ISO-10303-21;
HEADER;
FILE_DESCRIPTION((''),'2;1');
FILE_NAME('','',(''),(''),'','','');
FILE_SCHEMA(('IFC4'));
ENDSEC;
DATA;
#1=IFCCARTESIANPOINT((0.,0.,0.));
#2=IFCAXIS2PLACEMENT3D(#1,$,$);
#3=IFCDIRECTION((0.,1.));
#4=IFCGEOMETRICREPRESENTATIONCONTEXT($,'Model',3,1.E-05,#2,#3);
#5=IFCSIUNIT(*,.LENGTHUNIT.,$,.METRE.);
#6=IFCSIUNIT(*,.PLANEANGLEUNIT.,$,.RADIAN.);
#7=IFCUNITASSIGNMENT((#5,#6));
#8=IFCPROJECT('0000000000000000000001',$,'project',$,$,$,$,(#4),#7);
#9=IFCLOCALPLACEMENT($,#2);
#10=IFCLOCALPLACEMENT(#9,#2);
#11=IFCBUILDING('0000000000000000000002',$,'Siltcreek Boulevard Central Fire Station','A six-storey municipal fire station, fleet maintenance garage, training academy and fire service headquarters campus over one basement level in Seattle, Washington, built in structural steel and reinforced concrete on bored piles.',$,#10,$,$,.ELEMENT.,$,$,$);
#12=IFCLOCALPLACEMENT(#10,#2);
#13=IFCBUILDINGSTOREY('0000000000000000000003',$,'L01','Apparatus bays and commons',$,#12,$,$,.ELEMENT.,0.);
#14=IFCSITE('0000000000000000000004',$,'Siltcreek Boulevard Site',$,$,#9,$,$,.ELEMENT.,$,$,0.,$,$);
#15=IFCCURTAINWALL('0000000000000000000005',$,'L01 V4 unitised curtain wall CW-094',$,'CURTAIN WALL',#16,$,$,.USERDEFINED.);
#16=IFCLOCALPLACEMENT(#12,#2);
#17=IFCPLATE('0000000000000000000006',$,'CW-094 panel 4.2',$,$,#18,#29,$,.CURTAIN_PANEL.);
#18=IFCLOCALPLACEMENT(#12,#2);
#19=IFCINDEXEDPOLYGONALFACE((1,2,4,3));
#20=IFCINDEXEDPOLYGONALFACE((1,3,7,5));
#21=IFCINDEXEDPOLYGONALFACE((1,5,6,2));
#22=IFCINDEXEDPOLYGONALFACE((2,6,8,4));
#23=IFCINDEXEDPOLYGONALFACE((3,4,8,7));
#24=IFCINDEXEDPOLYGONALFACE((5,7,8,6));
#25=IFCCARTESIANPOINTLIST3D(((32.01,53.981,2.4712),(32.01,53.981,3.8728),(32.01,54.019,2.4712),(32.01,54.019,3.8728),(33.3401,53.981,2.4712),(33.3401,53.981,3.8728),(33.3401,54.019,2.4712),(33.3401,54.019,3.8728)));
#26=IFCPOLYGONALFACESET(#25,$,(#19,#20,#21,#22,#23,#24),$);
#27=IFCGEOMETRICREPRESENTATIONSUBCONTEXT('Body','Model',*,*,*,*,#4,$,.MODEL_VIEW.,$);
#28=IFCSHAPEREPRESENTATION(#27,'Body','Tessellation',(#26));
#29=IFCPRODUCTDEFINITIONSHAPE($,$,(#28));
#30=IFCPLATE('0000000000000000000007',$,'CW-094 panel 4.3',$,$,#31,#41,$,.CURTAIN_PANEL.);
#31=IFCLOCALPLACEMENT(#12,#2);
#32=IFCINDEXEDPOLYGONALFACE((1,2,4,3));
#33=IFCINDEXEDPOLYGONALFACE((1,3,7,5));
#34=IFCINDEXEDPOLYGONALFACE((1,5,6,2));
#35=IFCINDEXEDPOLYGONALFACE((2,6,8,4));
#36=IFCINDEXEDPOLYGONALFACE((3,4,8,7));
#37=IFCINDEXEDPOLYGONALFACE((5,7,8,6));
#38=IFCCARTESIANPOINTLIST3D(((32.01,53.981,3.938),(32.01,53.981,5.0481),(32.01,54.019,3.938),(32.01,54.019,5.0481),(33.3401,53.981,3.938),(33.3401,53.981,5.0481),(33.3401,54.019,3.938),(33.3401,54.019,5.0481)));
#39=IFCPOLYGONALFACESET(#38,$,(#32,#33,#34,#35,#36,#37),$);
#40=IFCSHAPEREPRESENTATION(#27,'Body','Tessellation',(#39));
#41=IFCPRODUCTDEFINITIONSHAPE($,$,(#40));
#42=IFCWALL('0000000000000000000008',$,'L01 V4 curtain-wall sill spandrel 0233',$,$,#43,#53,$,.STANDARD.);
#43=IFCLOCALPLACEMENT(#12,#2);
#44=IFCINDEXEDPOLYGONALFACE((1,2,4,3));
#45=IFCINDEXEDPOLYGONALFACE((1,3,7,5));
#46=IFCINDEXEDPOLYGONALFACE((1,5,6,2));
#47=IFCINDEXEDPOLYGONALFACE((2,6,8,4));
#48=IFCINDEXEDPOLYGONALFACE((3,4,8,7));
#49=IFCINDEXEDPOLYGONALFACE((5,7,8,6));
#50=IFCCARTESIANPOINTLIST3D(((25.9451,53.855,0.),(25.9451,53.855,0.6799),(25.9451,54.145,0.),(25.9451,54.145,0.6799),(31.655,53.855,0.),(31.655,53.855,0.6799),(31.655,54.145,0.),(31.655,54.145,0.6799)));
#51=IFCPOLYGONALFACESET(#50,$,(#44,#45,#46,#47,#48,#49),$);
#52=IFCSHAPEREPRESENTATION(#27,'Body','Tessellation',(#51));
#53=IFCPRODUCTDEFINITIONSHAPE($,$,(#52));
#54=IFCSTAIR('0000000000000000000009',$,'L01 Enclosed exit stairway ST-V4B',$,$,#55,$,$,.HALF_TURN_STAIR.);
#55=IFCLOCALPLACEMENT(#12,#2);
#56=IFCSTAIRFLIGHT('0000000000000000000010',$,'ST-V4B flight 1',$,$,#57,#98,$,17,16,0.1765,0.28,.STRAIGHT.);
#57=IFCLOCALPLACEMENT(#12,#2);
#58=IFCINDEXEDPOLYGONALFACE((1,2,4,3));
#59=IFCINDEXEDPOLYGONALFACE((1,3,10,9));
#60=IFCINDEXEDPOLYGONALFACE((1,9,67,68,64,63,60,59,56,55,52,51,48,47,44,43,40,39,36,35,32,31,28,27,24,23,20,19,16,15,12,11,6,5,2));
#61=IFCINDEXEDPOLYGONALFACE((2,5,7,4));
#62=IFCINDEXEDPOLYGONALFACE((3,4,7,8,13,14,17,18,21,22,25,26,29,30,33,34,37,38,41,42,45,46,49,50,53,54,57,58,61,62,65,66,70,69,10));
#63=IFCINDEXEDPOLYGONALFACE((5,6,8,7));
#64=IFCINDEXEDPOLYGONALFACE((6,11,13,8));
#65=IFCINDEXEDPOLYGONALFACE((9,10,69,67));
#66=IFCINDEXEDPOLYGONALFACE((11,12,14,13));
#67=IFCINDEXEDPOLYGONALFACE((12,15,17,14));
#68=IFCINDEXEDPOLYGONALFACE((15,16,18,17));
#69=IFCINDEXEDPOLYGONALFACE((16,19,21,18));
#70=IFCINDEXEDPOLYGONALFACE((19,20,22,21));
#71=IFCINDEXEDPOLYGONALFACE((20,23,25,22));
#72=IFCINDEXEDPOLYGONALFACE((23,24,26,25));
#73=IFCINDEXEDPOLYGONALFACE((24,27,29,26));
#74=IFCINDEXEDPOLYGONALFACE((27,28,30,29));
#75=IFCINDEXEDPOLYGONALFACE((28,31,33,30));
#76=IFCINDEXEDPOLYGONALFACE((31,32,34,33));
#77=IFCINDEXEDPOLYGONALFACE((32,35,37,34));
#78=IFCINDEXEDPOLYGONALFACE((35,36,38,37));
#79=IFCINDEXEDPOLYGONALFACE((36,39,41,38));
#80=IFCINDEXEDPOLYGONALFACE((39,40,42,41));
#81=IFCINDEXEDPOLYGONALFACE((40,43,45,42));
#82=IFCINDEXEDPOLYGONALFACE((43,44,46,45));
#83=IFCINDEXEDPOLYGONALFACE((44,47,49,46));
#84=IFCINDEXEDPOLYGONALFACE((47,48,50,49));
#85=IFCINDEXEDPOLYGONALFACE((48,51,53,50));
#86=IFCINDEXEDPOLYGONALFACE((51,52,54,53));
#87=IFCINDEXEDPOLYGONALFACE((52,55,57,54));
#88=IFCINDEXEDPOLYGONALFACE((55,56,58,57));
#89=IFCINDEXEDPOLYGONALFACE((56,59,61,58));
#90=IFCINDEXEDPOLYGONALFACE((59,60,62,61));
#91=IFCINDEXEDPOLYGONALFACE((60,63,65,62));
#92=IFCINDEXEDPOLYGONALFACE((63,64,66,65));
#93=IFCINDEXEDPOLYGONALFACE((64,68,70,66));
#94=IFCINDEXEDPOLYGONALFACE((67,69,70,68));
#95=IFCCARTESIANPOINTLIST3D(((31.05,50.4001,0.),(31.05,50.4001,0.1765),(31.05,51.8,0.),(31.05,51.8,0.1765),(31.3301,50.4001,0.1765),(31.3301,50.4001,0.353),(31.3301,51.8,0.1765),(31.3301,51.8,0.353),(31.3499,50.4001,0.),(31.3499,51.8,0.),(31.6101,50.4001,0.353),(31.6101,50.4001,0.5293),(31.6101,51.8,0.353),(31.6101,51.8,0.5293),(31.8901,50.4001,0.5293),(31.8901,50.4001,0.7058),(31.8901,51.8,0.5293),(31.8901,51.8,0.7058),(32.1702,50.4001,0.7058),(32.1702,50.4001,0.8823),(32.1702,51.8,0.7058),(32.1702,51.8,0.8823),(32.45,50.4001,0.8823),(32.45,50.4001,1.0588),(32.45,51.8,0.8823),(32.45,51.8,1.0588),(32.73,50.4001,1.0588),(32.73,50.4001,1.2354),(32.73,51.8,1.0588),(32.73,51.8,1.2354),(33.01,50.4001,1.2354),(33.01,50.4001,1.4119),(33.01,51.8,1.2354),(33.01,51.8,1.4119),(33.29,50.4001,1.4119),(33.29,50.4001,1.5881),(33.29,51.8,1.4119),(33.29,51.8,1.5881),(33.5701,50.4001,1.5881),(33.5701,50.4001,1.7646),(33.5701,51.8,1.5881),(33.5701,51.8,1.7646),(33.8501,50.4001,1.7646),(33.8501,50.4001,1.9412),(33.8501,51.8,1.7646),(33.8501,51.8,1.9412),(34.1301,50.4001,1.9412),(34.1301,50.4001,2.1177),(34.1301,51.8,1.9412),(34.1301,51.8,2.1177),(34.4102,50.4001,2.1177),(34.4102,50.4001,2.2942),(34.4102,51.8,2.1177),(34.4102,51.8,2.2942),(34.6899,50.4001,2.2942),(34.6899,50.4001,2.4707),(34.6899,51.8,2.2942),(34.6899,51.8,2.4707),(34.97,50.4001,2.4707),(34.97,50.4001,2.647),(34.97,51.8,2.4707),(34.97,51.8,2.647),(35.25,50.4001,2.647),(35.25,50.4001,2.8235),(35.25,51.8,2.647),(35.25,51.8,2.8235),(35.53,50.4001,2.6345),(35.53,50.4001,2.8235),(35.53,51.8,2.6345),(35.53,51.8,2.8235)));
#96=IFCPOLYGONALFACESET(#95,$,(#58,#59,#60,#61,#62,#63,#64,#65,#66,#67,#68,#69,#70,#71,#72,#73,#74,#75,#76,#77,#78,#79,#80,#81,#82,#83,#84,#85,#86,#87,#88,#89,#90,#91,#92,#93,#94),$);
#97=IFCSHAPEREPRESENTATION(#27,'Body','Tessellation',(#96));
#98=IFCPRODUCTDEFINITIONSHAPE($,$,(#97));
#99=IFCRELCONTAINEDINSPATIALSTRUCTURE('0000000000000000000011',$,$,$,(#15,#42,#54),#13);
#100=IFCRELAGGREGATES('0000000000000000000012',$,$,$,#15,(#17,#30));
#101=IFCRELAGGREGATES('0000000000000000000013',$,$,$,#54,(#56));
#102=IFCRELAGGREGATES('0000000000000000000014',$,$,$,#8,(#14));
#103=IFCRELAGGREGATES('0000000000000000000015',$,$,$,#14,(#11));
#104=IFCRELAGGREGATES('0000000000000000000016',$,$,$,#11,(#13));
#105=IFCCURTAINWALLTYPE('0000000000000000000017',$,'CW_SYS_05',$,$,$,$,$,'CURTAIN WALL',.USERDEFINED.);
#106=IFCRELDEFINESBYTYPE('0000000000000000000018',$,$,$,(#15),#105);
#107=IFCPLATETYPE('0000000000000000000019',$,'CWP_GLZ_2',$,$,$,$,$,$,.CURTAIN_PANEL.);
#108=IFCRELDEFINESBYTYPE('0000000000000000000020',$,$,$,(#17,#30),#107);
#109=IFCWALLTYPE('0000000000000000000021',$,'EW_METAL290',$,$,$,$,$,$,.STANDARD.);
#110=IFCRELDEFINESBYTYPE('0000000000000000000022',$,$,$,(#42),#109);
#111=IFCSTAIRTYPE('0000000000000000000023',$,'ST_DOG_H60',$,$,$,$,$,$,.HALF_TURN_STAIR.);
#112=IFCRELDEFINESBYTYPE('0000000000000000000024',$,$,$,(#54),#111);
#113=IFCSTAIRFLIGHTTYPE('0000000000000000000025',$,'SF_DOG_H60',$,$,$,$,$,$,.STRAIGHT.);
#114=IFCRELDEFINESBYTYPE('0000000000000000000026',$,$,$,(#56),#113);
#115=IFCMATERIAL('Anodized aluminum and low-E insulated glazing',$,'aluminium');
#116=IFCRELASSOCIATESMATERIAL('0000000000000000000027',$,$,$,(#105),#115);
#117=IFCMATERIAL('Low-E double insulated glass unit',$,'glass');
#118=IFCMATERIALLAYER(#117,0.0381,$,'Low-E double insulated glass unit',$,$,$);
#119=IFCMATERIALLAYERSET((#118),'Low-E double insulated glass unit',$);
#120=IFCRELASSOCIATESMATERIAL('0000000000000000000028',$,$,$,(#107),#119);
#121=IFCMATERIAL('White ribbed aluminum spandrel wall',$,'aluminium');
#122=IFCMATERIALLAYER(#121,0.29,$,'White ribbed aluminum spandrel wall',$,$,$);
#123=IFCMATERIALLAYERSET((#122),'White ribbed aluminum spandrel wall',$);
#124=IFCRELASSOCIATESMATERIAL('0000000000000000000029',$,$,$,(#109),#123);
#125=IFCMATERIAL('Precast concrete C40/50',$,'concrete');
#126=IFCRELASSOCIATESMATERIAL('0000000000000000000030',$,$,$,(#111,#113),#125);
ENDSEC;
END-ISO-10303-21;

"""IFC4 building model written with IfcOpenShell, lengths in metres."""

from ifc_helpers import new_model, si_unit, direction, frame, frame_2d, origin, origin_2d, place, context, subcontext, project, spatial, polyline, rectangle, outline, extrude, material, layer, layer_set, type_object, element, aggregate, save


model = new_model("IFC4")

# Units and contexts
model_context = context("Model", 3, precision=1e-05, world=origin(), true_north=direction((0.0, 1.0)))
body_context = subcontext(model_context, "Body", "Model", "MODEL_VIEW")
ifc_project = project(units=[si_unit("LENGTHUNIT", "METRE"), si_unit("PLANEANGLEUNIT", "RADIAN")], contexts=[model_context])

# Site, building, storey
site_placement = place(None, origin())
site = spatial("IfcSite", under=ifc_project, at=site_placement, Name="Siltcreek Boulevard Site", CompositionType="ELEMENT", RefElevation=0.0)
building_placement = place(site_placement, origin())
building = spatial("IfcBuilding", under=site, at=building_placement, Name="Siltcreek Boulevard Central Fire Station", Description="A six-storey municipal fire station, fleet maintenance garage, training academy and fire service headquarters campus over one basement level in Seattle, Washington, built in structural steel and reinforced concrete on bored piles.", CompositionType="ELEMENT")
storey_placement = place(building_placement, origin())
storey = spatial("IfcBuildingStorey", under=building, at=storey_placement, Name="L01", Description="Apparatus bays and commons", CompositionType="ELEMENT", Elevation=0.0)

# Shared definitions
ifc_material_1 = material(Name="Anodized aluminum and low-E insulated glazing", Category="aluminium")

# Curtain wall
curtain_wall_type_1 = type_object("IfcCurtainWallType", Name="CW_SYS_05", ElementType="CURTAIN WALL", PredefinedType="USERDEFINED", material=ifc_material_1)
curtain_wall_1_placement = place(storey_placement, origin())
curtain_wall_1 = element("IfcCurtainWall", 1, at=curtain_wall_1_placement, inside=storey, type_object=curtain_wall_type_1, Name="L01 V4 unitised curtain wall CW-094", ObjectType="CURTAIN WALL", PredefinedType="USERDEFINED")

# Plates
ifc_material_2 = material(Name="Low-E double insulated glass unit", Category="glass")
ifc_layer_1 = layer(ifc_material_2, 0.0381, Name="Low-E double insulated glass unit")
ifc_layer_set_1 = layer_set([ifc_layer_1], Name="Low-E double insulated glass unit")
plate_type_1 = type_object("IfcPlateType", Name="CWP_GLZ_2", PredefinedType="CURTAIN_PANEL", material=ifc_layer_set_1)
plate_1_placement = place(storey_placement, frame((32.675, 54.0, 2.4712), z_axis=(0.0, 0.0, 1.0), x_axis=(-1.0, 0.0, 0.0)))
plate_1 = element("IfcPlate", 2, at=plate_1_placement, type_object=plate_type_1, Name="CW-094 panel 4.2", PredefinedType="CURTAIN_PANEL", context=body_context, shape_type="SweptSolid", body=[
    extrude(rectangle(XDim=1.3301, YDim=0.0381, at=origin_2d()), origin(), (0.0, 0.0, 1.0), 1.4016),
])
plate_2_placement = place(storey_placement, frame((32.675, 54.0, 3.938), z_axis=(0.0, 0.0, 1.0), x_axis=(-1.0, 0.0, 0.0)))
plate_2 = element("IfcPlate", 3, at=plate_2_placement, type_object=plate_type_1, Name="CW-094 panel 4.3", PredefinedType="CURTAIN_PANEL", context=body_context, shape_type="SweptSolid", body=[
    extrude(rectangle(XDim=1.3301, YDim=0.0381, at=origin_2d()), origin(), (0.0, 0.0, 1.0), 1.1101),
])
aggregate(curtain_wall_1, [plate_1, plate_2])

# Wall
ifc_material_3 = material(Name="White ribbed aluminum spandrel wall", Category="aluminium")
ifc_layer_2 = layer(ifc_material_3, 0.29, Name="White ribbed aluminum spandrel wall")
ifc_layer_set_2 = layer_set([ifc_layer_2], Name="White ribbed aluminum spandrel wall")
wall_type = type_object("IfcWallType", Name="EW_METAL290", PredefinedType="STANDARD", material=ifc_layer_set_2)
wall_placement = place(storey_placement, frame((31.655, 54.0, 0.0), z_axis=(0.0, 0.0, 1.0), x_axis=(-1.0, 0.0, 0.0)))
element("IfcWall", 4, at=wall_placement, inside=storey, type_object=wall_type, Name="L01 V4 curtain-wall sill spandrel 0233", PredefinedType="STANDARD", context=body_context, shape_type="SweptSolid", body=[
    extrude(rectangle(XDim=5.71, YDim=0.29, at=frame_2d((2.855, 0.0))), origin(), (0.0, 0.0, 1.0), 0.6799),
])

# Stair, stair flight
ifc_material_4 = material(Name="Precast concrete C40/50", Category="concrete")
stair_type = type_object("IfcStairType", Name="ST_DOG_H60", PredefinedType="HALF_TURN_STAIR", material=ifc_material_4)
stair_placement = place(storey_placement, origin())
stair = element("IfcStair", 5, at=stair_placement, inside=storey, type_object=stair_type, Name="L01 Enclosed exit stairway ST-V4B", PredefinedType="HALF_TURN_STAIR")
stair_flight_type = type_object("IfcStairFlightType", Name="SF_DOG_H60", PredefinedType="STRAIGHT", material=ifc_material_4)
stair_flight_placement = place(storey_placement, frame((31.05, 51.1001, 0.0), z_axis=(0.0, 0.0, 1.0), x_axis=(1.0, 0.0, 0.0)))
stair_flight = element("IfcStairFlight", 6, at=stair_flight_placement, type_object=stair_flight_type, Name="ST-V4B flight 1", NumberOfRisers=17, NumberOfTreads=16, PredefinedType="STRAIGHT", RiserHeight=0.1765, TreadLength=0.28, context=body_context, shape_type="SweptSolid", body=[
    extrude(outline(polyline([(0.0, 0.0), (0.0, 0.1765), (0.28, 0.1765), (0.28, 0.353), (0.5601, 0.353), (0.5601, 0.5293), (0.8401, 0.5293), (0.8401, 0.7058), (1.1201, 0.7058), (1.1201, 0.8823), (1.3999, 0.8823), (1.3999, 1.0588), (1.6799, 1.0588), (1.6799, 1.2354), (1.96, 1.2354), (1.96, 1.4119), (2.24, 1.4119), (2.24, 1.5881), (2.52, 1.5881), (2.52, 1.7646), (2.8, 1.7646), (2.8, 1.9412), (3.0801, 1.9412), (3.0801, 2.1177), (3.3601, 2.1177), (3.3601, 2.2942), (3.6399, 2.2942), (3.6399, 2.4707), (3.9199, 2.4707), (3.9199, 2.647), (4.2, 2.647), (4.2, 2.8235), (4.48, 2.8235), (4.48, 3.0), (4.48, 2.6345), (0.2998, 0.0), (0.0, 0.0)])), frame((0.0, 0.7, 0.0), z_axis=(0.0, -1.0, 0.0), x_axis=(1.0, 0.0, 0.0)), (0.0, 0.0, 1.0), 1.3999),
])
aggregate(stair, [stair_flight])

save(model, "model.ifc")
